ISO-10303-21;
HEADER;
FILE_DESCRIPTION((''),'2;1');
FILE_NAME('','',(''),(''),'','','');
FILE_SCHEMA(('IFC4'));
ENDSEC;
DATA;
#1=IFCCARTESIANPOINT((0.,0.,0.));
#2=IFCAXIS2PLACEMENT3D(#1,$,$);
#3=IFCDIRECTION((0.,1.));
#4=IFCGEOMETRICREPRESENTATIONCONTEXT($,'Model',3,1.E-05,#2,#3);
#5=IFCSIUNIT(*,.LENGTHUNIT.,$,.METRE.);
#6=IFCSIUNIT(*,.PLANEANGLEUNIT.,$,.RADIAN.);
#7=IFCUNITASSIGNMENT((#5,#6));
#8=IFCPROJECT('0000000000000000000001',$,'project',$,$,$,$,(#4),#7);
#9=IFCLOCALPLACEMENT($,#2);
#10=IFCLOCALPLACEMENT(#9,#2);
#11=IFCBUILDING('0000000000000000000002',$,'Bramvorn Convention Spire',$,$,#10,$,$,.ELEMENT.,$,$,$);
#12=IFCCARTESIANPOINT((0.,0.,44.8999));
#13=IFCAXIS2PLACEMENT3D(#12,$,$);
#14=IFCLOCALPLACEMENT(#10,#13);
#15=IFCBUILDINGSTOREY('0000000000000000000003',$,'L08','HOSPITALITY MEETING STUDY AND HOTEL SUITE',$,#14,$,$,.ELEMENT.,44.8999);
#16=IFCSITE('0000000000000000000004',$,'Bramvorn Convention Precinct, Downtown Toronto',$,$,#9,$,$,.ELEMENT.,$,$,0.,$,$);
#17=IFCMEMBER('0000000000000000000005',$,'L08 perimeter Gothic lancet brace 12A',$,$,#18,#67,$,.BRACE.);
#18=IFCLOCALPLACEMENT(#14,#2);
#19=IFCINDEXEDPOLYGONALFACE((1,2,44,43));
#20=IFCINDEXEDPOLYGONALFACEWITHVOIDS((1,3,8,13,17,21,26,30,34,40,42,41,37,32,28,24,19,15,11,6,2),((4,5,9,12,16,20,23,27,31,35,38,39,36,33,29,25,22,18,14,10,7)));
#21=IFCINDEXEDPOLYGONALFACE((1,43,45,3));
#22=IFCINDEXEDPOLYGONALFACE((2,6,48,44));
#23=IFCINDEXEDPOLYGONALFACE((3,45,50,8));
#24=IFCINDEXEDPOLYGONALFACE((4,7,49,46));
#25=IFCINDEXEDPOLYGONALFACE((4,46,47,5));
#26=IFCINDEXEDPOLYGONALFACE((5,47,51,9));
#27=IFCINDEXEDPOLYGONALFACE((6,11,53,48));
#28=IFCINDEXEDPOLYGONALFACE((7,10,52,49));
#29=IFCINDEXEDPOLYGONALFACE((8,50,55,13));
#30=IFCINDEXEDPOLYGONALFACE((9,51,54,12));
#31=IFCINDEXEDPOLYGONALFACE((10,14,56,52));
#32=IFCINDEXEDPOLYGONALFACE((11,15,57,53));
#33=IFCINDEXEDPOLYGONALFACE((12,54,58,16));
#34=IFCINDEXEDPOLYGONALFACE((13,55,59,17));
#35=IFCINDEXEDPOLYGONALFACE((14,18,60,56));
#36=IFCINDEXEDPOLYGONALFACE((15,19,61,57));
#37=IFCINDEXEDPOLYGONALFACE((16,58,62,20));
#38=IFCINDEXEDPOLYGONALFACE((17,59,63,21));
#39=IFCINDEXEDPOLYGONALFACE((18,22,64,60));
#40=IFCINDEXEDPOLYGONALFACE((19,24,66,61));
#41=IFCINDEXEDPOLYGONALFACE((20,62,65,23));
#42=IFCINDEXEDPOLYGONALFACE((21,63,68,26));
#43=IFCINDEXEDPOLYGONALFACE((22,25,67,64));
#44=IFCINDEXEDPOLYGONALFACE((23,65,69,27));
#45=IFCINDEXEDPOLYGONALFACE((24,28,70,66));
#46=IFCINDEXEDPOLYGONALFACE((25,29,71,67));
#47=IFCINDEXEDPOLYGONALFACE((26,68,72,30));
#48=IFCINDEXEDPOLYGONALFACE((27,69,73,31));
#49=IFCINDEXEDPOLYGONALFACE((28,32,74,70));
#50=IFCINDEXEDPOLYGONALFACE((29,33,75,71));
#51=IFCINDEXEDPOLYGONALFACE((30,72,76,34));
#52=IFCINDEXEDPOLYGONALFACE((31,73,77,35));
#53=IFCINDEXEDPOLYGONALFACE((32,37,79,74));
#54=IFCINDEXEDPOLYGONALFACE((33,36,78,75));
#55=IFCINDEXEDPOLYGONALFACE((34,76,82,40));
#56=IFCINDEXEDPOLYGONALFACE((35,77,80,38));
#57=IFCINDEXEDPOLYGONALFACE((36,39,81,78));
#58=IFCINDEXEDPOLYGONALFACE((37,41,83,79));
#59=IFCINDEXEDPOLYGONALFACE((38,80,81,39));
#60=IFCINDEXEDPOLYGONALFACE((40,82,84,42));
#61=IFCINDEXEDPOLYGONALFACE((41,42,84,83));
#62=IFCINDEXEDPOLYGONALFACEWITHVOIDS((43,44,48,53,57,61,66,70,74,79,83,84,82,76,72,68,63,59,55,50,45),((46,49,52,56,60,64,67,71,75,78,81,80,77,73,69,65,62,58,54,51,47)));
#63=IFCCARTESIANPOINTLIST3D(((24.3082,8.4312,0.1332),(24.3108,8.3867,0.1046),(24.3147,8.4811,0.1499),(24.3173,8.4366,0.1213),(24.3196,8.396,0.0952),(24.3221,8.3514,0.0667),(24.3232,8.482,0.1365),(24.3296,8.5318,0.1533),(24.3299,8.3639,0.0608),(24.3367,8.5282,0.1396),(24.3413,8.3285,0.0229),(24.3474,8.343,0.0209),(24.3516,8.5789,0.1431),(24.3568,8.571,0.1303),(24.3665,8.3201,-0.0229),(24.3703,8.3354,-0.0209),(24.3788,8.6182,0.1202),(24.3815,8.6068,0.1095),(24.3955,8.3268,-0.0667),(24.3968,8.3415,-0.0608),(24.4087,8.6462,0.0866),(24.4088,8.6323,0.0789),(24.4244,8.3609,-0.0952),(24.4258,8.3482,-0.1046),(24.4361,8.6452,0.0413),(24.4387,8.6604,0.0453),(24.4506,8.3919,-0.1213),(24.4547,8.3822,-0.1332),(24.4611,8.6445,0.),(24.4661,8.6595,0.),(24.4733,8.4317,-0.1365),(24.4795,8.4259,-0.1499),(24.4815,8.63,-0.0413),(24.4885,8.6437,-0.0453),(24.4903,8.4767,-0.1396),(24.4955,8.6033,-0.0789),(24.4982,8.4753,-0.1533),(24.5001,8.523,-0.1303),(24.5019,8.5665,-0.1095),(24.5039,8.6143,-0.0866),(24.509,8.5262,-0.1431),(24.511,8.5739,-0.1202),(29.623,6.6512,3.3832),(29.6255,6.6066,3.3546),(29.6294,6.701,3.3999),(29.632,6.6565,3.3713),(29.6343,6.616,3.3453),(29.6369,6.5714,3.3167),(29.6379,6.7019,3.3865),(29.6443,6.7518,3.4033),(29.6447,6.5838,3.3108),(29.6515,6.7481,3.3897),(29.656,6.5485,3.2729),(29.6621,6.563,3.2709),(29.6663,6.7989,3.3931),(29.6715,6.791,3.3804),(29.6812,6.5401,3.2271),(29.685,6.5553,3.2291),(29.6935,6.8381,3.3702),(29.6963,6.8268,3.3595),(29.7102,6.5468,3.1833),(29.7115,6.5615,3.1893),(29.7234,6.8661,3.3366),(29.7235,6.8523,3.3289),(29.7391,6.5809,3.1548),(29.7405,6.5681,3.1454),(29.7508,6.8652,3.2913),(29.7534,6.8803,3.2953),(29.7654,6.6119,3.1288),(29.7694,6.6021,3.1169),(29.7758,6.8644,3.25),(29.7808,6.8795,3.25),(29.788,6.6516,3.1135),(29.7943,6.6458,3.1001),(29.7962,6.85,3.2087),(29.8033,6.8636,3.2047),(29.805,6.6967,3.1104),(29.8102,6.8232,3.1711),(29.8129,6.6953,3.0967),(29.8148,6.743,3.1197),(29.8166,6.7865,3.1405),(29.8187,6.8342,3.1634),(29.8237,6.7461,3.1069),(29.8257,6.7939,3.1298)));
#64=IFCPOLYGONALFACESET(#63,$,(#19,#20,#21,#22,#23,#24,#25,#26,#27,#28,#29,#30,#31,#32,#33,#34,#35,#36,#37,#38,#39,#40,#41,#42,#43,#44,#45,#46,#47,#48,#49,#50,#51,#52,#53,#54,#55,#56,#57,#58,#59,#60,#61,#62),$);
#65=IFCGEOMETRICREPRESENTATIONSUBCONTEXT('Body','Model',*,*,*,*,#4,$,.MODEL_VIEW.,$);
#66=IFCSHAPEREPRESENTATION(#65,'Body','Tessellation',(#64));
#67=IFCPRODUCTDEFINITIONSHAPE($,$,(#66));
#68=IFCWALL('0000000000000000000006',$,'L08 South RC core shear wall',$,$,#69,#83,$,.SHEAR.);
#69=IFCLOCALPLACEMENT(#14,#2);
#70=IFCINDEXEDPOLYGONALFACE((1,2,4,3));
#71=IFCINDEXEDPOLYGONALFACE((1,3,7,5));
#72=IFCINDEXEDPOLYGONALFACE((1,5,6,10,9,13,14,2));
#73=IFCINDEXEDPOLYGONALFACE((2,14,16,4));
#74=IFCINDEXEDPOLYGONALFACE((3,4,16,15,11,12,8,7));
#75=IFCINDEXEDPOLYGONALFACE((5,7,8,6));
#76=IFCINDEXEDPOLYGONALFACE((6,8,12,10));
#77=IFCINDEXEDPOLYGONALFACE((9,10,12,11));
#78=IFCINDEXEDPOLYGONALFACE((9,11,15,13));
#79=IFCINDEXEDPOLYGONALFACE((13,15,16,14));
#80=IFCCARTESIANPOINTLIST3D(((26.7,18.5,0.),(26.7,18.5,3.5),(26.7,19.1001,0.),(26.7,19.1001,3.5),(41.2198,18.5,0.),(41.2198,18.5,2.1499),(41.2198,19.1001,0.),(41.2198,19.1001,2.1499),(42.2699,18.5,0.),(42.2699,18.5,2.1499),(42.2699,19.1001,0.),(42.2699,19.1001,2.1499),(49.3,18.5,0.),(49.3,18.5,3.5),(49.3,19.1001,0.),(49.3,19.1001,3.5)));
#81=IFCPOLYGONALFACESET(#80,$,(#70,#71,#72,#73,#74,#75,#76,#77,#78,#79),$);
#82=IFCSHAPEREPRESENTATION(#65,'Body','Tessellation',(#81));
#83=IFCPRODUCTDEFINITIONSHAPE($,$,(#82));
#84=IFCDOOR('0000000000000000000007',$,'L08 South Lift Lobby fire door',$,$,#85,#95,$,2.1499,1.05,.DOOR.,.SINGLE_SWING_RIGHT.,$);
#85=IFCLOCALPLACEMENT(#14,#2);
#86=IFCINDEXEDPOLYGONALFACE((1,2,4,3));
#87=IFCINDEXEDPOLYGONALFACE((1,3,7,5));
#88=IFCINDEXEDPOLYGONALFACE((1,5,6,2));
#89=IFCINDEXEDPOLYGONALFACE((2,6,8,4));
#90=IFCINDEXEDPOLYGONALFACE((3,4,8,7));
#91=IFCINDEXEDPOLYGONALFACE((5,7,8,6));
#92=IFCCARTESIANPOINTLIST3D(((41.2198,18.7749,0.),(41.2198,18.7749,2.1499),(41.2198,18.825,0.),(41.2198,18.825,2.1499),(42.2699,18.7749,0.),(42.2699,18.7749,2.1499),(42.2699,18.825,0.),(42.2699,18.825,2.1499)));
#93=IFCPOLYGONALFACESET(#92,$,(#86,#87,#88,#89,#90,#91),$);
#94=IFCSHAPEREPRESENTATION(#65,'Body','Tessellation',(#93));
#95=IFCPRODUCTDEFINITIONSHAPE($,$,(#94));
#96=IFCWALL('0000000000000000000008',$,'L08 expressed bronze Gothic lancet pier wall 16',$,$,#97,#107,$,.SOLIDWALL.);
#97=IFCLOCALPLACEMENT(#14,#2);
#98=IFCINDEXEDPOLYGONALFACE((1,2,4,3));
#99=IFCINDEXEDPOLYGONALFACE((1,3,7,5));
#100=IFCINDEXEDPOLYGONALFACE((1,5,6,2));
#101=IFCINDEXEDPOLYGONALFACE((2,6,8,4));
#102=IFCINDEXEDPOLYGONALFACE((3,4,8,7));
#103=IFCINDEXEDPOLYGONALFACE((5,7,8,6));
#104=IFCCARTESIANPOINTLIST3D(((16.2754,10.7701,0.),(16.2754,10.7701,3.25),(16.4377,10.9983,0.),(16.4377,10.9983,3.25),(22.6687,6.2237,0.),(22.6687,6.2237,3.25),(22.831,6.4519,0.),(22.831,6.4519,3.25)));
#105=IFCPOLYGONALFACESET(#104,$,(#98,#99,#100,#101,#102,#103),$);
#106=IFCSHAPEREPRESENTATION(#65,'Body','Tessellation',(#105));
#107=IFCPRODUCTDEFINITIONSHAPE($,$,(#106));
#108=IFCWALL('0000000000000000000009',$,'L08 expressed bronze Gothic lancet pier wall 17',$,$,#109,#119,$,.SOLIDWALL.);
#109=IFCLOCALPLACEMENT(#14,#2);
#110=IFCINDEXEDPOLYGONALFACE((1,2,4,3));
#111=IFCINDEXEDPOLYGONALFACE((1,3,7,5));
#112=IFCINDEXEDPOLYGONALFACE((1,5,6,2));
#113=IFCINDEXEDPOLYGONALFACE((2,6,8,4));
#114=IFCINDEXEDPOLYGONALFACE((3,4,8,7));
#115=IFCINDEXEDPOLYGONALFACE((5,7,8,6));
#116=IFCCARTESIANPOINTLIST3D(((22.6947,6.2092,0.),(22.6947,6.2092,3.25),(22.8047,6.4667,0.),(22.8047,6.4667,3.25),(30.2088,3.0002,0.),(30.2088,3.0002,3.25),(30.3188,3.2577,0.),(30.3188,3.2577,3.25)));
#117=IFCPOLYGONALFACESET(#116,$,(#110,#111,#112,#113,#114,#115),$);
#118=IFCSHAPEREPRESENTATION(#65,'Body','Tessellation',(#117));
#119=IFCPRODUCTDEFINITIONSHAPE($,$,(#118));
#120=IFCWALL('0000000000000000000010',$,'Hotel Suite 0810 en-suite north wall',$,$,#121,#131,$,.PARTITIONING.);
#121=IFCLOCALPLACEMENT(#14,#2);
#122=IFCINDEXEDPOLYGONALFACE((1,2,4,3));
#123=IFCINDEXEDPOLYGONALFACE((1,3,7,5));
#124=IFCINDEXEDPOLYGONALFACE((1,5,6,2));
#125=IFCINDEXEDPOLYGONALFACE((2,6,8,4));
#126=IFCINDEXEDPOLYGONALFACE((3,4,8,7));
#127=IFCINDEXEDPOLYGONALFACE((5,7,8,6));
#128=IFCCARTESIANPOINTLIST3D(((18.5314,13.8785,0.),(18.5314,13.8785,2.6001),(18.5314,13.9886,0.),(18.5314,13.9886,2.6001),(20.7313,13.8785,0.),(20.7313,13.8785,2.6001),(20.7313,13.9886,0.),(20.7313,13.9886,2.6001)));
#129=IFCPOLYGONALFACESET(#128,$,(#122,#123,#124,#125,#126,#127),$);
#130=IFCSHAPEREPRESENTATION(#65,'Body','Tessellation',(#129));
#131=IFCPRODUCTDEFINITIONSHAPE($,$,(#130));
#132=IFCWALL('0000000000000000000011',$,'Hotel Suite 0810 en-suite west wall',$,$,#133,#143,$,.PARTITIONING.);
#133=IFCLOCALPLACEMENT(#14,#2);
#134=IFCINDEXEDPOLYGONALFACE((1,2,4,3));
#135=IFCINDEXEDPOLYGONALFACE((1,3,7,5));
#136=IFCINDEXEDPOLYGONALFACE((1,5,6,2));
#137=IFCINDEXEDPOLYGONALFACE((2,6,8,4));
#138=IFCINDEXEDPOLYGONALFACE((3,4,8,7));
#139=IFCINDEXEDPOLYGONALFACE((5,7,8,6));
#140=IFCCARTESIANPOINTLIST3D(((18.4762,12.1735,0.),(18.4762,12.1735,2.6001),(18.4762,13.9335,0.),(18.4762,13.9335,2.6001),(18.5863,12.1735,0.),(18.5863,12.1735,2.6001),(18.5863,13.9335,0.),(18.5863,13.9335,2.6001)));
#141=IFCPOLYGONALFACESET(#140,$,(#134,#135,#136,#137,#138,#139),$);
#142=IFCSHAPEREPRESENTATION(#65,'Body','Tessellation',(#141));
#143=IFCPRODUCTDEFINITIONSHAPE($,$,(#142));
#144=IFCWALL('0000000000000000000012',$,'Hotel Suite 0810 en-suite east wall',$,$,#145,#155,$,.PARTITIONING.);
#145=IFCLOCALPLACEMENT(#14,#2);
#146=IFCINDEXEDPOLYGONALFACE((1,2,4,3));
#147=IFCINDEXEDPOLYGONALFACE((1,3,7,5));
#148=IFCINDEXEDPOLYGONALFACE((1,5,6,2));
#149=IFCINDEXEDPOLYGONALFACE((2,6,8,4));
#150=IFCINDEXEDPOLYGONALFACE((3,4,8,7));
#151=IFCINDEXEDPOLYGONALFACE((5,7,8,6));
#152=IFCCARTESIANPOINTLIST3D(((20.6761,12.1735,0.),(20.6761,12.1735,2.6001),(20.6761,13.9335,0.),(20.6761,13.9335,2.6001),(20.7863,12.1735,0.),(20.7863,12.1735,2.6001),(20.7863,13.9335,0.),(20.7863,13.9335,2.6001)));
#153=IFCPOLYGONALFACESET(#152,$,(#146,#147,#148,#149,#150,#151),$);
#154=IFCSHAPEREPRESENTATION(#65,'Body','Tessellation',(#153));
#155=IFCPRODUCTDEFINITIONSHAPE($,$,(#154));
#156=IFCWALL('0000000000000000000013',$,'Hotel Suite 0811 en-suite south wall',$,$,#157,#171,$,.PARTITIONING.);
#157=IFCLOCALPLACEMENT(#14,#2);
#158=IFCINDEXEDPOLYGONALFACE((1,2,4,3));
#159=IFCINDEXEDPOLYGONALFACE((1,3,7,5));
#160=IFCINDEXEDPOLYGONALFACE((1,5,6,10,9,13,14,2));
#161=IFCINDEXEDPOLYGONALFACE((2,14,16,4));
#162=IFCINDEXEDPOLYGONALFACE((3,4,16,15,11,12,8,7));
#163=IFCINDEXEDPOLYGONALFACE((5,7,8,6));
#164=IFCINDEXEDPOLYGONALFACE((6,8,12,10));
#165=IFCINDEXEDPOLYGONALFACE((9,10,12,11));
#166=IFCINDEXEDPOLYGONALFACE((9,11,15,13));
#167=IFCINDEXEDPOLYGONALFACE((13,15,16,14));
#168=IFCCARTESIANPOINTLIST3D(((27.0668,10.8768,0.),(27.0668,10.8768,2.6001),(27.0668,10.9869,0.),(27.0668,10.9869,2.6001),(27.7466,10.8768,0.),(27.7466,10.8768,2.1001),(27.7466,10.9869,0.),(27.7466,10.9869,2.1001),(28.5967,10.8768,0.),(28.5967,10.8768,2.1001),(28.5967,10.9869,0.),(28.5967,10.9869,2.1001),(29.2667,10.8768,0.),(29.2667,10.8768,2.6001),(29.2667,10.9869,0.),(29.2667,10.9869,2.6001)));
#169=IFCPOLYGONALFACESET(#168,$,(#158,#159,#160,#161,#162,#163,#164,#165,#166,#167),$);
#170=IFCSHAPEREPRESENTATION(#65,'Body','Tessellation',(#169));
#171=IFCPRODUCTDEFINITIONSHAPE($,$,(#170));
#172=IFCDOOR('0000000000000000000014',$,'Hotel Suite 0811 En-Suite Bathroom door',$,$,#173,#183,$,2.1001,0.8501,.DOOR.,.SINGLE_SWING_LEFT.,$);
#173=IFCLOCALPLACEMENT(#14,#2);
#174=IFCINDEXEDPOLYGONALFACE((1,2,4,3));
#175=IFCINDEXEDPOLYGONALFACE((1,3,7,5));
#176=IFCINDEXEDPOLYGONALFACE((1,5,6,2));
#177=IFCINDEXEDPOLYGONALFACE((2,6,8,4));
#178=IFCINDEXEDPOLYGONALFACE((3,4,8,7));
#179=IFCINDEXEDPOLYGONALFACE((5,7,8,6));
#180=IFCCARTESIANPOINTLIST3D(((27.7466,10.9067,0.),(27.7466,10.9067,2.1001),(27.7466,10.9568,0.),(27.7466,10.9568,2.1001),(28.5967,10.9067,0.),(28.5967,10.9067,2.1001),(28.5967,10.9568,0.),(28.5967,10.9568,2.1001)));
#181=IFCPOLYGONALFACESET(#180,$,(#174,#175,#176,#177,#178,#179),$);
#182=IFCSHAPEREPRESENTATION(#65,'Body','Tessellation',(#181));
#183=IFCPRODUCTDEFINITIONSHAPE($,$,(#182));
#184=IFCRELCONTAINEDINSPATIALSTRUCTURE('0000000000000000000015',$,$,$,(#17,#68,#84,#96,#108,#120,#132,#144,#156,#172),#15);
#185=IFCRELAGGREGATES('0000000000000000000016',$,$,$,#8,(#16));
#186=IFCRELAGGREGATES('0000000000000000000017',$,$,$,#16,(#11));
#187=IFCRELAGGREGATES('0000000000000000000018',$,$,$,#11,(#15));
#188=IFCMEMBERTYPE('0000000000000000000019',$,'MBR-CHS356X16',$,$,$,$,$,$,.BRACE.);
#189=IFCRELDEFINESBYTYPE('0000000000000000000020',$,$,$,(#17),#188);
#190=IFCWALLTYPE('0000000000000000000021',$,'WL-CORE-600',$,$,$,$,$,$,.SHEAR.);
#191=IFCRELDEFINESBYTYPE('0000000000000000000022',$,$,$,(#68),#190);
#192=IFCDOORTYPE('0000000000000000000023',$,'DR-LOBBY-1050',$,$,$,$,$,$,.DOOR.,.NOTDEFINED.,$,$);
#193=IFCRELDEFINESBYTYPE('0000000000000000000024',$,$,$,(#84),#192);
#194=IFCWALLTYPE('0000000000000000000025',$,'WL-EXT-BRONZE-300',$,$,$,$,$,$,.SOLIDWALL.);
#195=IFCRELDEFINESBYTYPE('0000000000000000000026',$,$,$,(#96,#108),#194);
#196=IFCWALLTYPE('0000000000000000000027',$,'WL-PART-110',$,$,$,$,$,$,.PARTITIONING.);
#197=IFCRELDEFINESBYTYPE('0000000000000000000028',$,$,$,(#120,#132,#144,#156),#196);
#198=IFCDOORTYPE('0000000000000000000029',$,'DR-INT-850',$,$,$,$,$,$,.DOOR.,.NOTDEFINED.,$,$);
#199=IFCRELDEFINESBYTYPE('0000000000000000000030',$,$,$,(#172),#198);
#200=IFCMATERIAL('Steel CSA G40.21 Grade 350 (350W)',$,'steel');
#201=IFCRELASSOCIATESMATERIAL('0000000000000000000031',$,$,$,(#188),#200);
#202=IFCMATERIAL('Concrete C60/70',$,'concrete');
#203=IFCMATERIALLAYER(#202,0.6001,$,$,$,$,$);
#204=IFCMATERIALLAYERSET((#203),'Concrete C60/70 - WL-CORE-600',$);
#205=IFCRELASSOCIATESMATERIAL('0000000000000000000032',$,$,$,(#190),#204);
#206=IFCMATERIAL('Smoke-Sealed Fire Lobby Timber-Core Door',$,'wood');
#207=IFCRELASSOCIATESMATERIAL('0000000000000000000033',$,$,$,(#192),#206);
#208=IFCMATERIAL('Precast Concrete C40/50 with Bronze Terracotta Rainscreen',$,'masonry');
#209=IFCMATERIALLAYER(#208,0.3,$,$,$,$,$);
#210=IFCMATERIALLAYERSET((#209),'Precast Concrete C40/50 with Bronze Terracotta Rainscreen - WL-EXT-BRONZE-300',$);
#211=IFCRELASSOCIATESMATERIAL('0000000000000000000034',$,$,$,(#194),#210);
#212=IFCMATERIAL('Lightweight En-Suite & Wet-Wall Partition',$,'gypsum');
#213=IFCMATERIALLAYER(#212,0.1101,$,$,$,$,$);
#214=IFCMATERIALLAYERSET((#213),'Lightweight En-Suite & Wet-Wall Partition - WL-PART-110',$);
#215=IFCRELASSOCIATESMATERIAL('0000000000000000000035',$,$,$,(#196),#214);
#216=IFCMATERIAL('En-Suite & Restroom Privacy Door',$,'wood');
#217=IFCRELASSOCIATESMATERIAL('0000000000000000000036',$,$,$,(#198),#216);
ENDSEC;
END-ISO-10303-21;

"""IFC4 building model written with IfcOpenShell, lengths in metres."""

from ifc_helpers import new_model, si_unit, direction, frame, frame_2d, origin, origin_2d, place, context, subcontext, project, spatial, rectangle, hollow_circle, extrude, material, layer, layer_set, material_profile, profile_set, type_object, element, fill, save


model = new_model("IFC4")

# Units and contexts
model_context = context("Model", 3, precision=1e-05, world=origin(), true_north=direction((0.0, 1.0)))
body_context = subcontext(model_context, "Body", "Model", "MODEL_VIEW")
ifc_project = project(units=[si_unit("LENGTHUNIT", "METRE"), si_unit("PLANEANGLEUNIT", "RADIAN")], contexts=[model_context])

# Site, building, storey
site_placement = place(None, origin())
site = spatial("IfcSite", under=ifc_project, at=site_placement, Name="Bramvorn Convention Precinct, Downtown Toronto", CompositionType="ELEMENT", RefElevation=0.0)
building_placement = place(site_placement, origin())
building = spatial("IfcBuilding", under=site, at=building_placement, Name="Bramvorn Convention Spire", CompositionType="ELEMENT")
storey_placement = place(building_placement, frame((0.0, 0.0, 44.8999)))
storey = spatial("IfcBuildingStorey", under=building, at=storey_placement, Name="L08", Description="HOSPITALITY MEETING STUDY AND HOTEL SUITE", CompositionType="ELEMENT", Elevation=44.8999)

# Shared definitions
ifc_material_1 = material(Name="Steel CSA G40.21 Grade 350 (350W)", Category="steel")

# Member
ifc_material_profile_1 = material_profile(ifc_material_1, hollow_circle(Radius=0.1777, WallThickness=0.0159, at=origin_2d()))
ifc_profile_set_1 = profile_set([ifc_material_profile_1], Name="Steel CSA G40.21 Grade 350 (350W) - CHS356X16")
member_type = type_object("IfcMemberType", Name="MBR-CHS356X16", PredefinedType="BRACE", material=ifc_profile_set_1)
member_placement = place(storey_placement, frame((24.4097, 8.491, 0.0), z_axis=(0.8203, -0.27474, 0.501623), x_axis=(0.317586, 0.948229, 0.0)))
element("IfcMember", 1, at=member_placement, inside=storey, type_object=member_type, Name="L08 perimeter Gothic lancet brace 12A", PredefinedType="BRACE", context=body_context, shape_type="SweptSolid", body=[
    extrude(hollow_circle(Radius=0.1777, WallThickness=0.0159, at=origin_2d()), origin(), (0.0, 0.0, 1.0), 6.479),
])

# Wall, opening, door
ifc_material_2 = material(Name="Concrete C60/70", Category="concrete")
ifc_layer_1 = layer(ifc_material_2, 0.6001)
ifc_layer_set_1 = layer_set([ifc_layer_1], Name="Concrete C60/70 - WL-CORE-600")
wall_type_1 = type_object("IfcWallType", Name="WL-CORE-600", PredefinedType="SHEAR", material=ifc_layer_set_1)
wall_1_placement = place(storey_placement, frame((26.7, 18.8, 0.0), z_axis=(0.0, 0.0, 1.0), x_axis=(1.0, 0.0, 0.0)))
wall_1 = element("IfcWall", 2, at=wall_1_placement, inside=storey, type_object=wall_type_1, Name="L08 South RC core shear wall", PredefinedType="SHEAR", context=body_context, shape_type="SweptSolid", body=[
    extrude(rectangle(XDim=22.6001, YDim=0.6001, at=frame_2d((11.3, 0.0))), origin(), (0.0, 0.0, 1.0), 3.5),
])
opening_1_placement = place(wall_1_placement, frame((14.52, 0.0, 0.0)))
opening_1 = element("IfcOpeningElement", 3, at=opening_1_placement, cuts=wall_1, PredefinedType="OPENING", context=body_context, shape_type="SweptSolid", body=[
    extrude(rectangle(XDim=1.05, YDim=2.1499, at=frame_2d((0.5249, 1.075))), frame((0.0, 0.3101, 0.0), z_axis=(0.0, -1.0, 0.0), x_axis=(1.0, 0.0, 0.0)), (0.0, 0.0, 1.0), 0.6201),
])
ifc_material_3 = material(Name="Smoke-Sealed Fire Lobby Timber-Core Door", Category="wood")
door_type_1 = type_object("IfcDoorType", Name="DR-LOBBY-1050", OperationType="NOTDEFINED", PredefinedType="DOOR", material=ifc_material_3)
door_1_placement = place(opening_1_placement, origin())
door_1 = element("IfcDoor", 4, at=door_1_placement, inside=storey, type_object=door_type_1, Name="L08 South Lift Lobby fire door", OperationType="SINGLE_SWING_RIGHT", OverallHeight=2.1499, OverallWidth=1.05, PredefinedType="DOOR", context=body_context, shape_type="SweptSolid", body=[
    extrude(rectangle(XDim=1.05, YDim=2.1499, at=frame_2d((0.5249, 1.075))), frame((0.0, 0.0249, 0.0), z_axis=(0.0, -1.0, 0.0), x_axis=(1.0, 0.0, 0.0)), (0.0, 0.0, 1.0), 0.05),
])
fill(opening_1, door_1)

# Walls
ifc_material_4 = material(Name="Precast Concrete C40/50 with Bronze Terracotta Rainscreen", Category="masonry")
ifc_layer_2 = layer(ifc_material_4, 0.3)
ifc_layer_set_2 = layer_set([ifc_layer_2], Name="Precast Concrete C40/50 with Bronze Terracotta Rainscreen - WL-EXT-BRONZE-300")
wall_type_2 = type_object("IfcWallType", Name="WL-EXT-BRONZE-300", PredefinedType="SOLIDWALL", material=ifc_layer_set_2)
wall_2_placement = place(storey_placement, frame((22.7498, 6.3379, 0.0), z_axis=(0.0, 0.0, 1.0), x_axis=(-0.814953, 0.579527, 0.0)))
element("IfcWall", 5, at=wall_2_placement, inside=storey, type_object=wall_type_2, Name="L08 expressed bronze Gothic lancet pier wall 16", PredefinedType="SOLIDWALL", context=body_context, shape_type="SweptSolid", body=[
    extrude(rectangle(XDim=7.845, YDim=0.28, at=frame_2d((3.9224, 0.0))), origin(), (0.0, 0.0, 1.0), 3.25),
])
wall_3_placement = place(storey_placement, frame((30.2639, 3.1289, 0.0), z_axis=(0.0, 0.0, 1.0), x_axis=(-0.919648, 0.392743, 0.0)))
element("IfcWall", 6, at=wall_3_placement, inside=storey, type_object=wall_type_2, Name="L08 expressed bronze Gothic lancet pier wall 17", PredefinedType="SOLIDWALL", context=body_context, shape_type="SweptSolid", body=[
    extrude(rectangle(XDim=8.1707, YDim=0.28, at=frame_2d((4.0854, 0.0))), origin(), (0.0, 0.0, 1.0), 3.25),
])
ifc_material_5 = material(Name="Lightweight En-Suite & Wet-Wall Partition", Category="gypsum")
ifc_layer_3 = layer(ifc_material_5, 0.1101)
ifc_layer_set_3 = layer_set([ifc_layer_3], Name="Lightweight En-Suite & Wet-Wall Partition - WL-PART-110")
wall_type_3 = type_object("IfcWallType", Name="WL-PART-110", PredefinedType="PARTITIONING", material=ifc_layer_set_3)
wall_4_placement = place(storey_placement, frame((18.5312, 13.9336, 0.0), z_axis=(0.0, 0.0, 1.0), x_axis=(1.0, 0.0, 0.0)))
element("IfcWall", 7, at=wall_4_placement, inside=storey, type_object=wall_type_3, Name="Hotel Suite 0810 en-suite north wall", PredefinedType="PARTITIONING", context=body_context, shape_type="SweptSolid", body=[
    extrude(rectangle(XDim=2.2, YDim=0.1101, at=frame_2d((1.1001, 0.0))), origin(), (0.0, 0.0, 1.0), 2.6001),
])
for number, where, z_axis, x_axis, name in (
    (8, (18.5312, 12.1736, 0.0), (0.0, 0.0, 1.0), (0.0, 1.0, 0.0), "Hotel Suite 0810 en-suite west wall"),
    (9, (20.7312, 12.1736, 0.0), (0.0, 0.0, 1.0), (0.0, 1.0, 0.0), "Hotel Suite 0810 en-suite east wall"),
):
    element("IfcWall", number, at=place(storey_placement, frame(where, z_axis=z_axis, x_axis=x_axis)), inside=storey, type_object=wall_type_3, Name=name, PredefinedType="PARTITIONING", context=body_context, shape_type="SweptSolid", body=[
        extrude(rectangle(XDim=1.76, YDim=0.1101, at=frame_2d((0.8799, 0.0))), origin(), (0.0, 0.0, 1.0), 2.6001),
    ])

# Wall, opening, door
wall_5_placement = place(storey_placement, frame((27.0667, 10.9319, 0.0), z_axis=(0.0, 0.0, 1.0), x_axis=(1.0, 0.0, 0.0)))
wall_5 = element("IfcWall", 10, at=wall_5_placement, inside=storey, type_object=wall_type_3, Name="Hotel Suite 0811 en-suite south wall", PredefinedType="PARTITIONING", context=body_context, shape_type="SweptSolid", body=[
    extrude(rectangle(XDim=2.2, YDim=0.1101, at=frame_2d((1.1001, 0.0))), origin(), (0.0, 0.0, 1.0), 2.6001),
])
opening_2_placement = place(wall_5_placement, frame((0.6799, 0.0, 0.0)))
opening_2 = element("IfcOpeningElement", 11, at=opening_2_placement, cuts=wall_5, PredefinedType="OPENING", context=body_context, shape_type="SweptSolid", body=[
    extrude(rectangle(XDim=0.8501, YDim=2.1001, at=frame_2d((0.425, 1.05))), frame((0.0, 0.0649, 0.0), z_axis=(0.0, -1.0, 0.0), x_axis=(1.0, 0.0, 0.0)), (0.0, 0.0, 1.0), 0.1301),
])
ifc_material_6 = material(Name="En-Suite & Restroom Privacy Door", Category="wood")
door_type_2 = type_object("IfcDoorType", Name="DR-INT-850", OperationType="NOTDEFINED", PredefinedType="DOOR", material=ifc_material_6)
door_2_placement = place(opening_2_placement, origin())
door_2 = element("IfcDoor", 12, at=door_2_placement, inside=storey, type_object=door_type_2, Name="Hotel Suite 0811 En-Suite Bathroom door", OperationType="SINGLE_SWING_LEFT", OverallHeight=2.1001, OverallWidth=0.8501, PredefinedType="DOOR", context=body_context, shape_type="SweptSolid", body=[
    extrude(rectangle(XDim=0.8501, YDim=2.1001, at=frame_2d((0.425, 1.05))), frame((0.0, 0.0249, 0.0), z_axis=(0.0, -1.0, 0.0), x_axis=(1.0, 0.0, 0.0)), (0.0, 0.0, 1.0), 0.05),
])
fill(opening_2, door_2)

save(model, "model.ifc")
